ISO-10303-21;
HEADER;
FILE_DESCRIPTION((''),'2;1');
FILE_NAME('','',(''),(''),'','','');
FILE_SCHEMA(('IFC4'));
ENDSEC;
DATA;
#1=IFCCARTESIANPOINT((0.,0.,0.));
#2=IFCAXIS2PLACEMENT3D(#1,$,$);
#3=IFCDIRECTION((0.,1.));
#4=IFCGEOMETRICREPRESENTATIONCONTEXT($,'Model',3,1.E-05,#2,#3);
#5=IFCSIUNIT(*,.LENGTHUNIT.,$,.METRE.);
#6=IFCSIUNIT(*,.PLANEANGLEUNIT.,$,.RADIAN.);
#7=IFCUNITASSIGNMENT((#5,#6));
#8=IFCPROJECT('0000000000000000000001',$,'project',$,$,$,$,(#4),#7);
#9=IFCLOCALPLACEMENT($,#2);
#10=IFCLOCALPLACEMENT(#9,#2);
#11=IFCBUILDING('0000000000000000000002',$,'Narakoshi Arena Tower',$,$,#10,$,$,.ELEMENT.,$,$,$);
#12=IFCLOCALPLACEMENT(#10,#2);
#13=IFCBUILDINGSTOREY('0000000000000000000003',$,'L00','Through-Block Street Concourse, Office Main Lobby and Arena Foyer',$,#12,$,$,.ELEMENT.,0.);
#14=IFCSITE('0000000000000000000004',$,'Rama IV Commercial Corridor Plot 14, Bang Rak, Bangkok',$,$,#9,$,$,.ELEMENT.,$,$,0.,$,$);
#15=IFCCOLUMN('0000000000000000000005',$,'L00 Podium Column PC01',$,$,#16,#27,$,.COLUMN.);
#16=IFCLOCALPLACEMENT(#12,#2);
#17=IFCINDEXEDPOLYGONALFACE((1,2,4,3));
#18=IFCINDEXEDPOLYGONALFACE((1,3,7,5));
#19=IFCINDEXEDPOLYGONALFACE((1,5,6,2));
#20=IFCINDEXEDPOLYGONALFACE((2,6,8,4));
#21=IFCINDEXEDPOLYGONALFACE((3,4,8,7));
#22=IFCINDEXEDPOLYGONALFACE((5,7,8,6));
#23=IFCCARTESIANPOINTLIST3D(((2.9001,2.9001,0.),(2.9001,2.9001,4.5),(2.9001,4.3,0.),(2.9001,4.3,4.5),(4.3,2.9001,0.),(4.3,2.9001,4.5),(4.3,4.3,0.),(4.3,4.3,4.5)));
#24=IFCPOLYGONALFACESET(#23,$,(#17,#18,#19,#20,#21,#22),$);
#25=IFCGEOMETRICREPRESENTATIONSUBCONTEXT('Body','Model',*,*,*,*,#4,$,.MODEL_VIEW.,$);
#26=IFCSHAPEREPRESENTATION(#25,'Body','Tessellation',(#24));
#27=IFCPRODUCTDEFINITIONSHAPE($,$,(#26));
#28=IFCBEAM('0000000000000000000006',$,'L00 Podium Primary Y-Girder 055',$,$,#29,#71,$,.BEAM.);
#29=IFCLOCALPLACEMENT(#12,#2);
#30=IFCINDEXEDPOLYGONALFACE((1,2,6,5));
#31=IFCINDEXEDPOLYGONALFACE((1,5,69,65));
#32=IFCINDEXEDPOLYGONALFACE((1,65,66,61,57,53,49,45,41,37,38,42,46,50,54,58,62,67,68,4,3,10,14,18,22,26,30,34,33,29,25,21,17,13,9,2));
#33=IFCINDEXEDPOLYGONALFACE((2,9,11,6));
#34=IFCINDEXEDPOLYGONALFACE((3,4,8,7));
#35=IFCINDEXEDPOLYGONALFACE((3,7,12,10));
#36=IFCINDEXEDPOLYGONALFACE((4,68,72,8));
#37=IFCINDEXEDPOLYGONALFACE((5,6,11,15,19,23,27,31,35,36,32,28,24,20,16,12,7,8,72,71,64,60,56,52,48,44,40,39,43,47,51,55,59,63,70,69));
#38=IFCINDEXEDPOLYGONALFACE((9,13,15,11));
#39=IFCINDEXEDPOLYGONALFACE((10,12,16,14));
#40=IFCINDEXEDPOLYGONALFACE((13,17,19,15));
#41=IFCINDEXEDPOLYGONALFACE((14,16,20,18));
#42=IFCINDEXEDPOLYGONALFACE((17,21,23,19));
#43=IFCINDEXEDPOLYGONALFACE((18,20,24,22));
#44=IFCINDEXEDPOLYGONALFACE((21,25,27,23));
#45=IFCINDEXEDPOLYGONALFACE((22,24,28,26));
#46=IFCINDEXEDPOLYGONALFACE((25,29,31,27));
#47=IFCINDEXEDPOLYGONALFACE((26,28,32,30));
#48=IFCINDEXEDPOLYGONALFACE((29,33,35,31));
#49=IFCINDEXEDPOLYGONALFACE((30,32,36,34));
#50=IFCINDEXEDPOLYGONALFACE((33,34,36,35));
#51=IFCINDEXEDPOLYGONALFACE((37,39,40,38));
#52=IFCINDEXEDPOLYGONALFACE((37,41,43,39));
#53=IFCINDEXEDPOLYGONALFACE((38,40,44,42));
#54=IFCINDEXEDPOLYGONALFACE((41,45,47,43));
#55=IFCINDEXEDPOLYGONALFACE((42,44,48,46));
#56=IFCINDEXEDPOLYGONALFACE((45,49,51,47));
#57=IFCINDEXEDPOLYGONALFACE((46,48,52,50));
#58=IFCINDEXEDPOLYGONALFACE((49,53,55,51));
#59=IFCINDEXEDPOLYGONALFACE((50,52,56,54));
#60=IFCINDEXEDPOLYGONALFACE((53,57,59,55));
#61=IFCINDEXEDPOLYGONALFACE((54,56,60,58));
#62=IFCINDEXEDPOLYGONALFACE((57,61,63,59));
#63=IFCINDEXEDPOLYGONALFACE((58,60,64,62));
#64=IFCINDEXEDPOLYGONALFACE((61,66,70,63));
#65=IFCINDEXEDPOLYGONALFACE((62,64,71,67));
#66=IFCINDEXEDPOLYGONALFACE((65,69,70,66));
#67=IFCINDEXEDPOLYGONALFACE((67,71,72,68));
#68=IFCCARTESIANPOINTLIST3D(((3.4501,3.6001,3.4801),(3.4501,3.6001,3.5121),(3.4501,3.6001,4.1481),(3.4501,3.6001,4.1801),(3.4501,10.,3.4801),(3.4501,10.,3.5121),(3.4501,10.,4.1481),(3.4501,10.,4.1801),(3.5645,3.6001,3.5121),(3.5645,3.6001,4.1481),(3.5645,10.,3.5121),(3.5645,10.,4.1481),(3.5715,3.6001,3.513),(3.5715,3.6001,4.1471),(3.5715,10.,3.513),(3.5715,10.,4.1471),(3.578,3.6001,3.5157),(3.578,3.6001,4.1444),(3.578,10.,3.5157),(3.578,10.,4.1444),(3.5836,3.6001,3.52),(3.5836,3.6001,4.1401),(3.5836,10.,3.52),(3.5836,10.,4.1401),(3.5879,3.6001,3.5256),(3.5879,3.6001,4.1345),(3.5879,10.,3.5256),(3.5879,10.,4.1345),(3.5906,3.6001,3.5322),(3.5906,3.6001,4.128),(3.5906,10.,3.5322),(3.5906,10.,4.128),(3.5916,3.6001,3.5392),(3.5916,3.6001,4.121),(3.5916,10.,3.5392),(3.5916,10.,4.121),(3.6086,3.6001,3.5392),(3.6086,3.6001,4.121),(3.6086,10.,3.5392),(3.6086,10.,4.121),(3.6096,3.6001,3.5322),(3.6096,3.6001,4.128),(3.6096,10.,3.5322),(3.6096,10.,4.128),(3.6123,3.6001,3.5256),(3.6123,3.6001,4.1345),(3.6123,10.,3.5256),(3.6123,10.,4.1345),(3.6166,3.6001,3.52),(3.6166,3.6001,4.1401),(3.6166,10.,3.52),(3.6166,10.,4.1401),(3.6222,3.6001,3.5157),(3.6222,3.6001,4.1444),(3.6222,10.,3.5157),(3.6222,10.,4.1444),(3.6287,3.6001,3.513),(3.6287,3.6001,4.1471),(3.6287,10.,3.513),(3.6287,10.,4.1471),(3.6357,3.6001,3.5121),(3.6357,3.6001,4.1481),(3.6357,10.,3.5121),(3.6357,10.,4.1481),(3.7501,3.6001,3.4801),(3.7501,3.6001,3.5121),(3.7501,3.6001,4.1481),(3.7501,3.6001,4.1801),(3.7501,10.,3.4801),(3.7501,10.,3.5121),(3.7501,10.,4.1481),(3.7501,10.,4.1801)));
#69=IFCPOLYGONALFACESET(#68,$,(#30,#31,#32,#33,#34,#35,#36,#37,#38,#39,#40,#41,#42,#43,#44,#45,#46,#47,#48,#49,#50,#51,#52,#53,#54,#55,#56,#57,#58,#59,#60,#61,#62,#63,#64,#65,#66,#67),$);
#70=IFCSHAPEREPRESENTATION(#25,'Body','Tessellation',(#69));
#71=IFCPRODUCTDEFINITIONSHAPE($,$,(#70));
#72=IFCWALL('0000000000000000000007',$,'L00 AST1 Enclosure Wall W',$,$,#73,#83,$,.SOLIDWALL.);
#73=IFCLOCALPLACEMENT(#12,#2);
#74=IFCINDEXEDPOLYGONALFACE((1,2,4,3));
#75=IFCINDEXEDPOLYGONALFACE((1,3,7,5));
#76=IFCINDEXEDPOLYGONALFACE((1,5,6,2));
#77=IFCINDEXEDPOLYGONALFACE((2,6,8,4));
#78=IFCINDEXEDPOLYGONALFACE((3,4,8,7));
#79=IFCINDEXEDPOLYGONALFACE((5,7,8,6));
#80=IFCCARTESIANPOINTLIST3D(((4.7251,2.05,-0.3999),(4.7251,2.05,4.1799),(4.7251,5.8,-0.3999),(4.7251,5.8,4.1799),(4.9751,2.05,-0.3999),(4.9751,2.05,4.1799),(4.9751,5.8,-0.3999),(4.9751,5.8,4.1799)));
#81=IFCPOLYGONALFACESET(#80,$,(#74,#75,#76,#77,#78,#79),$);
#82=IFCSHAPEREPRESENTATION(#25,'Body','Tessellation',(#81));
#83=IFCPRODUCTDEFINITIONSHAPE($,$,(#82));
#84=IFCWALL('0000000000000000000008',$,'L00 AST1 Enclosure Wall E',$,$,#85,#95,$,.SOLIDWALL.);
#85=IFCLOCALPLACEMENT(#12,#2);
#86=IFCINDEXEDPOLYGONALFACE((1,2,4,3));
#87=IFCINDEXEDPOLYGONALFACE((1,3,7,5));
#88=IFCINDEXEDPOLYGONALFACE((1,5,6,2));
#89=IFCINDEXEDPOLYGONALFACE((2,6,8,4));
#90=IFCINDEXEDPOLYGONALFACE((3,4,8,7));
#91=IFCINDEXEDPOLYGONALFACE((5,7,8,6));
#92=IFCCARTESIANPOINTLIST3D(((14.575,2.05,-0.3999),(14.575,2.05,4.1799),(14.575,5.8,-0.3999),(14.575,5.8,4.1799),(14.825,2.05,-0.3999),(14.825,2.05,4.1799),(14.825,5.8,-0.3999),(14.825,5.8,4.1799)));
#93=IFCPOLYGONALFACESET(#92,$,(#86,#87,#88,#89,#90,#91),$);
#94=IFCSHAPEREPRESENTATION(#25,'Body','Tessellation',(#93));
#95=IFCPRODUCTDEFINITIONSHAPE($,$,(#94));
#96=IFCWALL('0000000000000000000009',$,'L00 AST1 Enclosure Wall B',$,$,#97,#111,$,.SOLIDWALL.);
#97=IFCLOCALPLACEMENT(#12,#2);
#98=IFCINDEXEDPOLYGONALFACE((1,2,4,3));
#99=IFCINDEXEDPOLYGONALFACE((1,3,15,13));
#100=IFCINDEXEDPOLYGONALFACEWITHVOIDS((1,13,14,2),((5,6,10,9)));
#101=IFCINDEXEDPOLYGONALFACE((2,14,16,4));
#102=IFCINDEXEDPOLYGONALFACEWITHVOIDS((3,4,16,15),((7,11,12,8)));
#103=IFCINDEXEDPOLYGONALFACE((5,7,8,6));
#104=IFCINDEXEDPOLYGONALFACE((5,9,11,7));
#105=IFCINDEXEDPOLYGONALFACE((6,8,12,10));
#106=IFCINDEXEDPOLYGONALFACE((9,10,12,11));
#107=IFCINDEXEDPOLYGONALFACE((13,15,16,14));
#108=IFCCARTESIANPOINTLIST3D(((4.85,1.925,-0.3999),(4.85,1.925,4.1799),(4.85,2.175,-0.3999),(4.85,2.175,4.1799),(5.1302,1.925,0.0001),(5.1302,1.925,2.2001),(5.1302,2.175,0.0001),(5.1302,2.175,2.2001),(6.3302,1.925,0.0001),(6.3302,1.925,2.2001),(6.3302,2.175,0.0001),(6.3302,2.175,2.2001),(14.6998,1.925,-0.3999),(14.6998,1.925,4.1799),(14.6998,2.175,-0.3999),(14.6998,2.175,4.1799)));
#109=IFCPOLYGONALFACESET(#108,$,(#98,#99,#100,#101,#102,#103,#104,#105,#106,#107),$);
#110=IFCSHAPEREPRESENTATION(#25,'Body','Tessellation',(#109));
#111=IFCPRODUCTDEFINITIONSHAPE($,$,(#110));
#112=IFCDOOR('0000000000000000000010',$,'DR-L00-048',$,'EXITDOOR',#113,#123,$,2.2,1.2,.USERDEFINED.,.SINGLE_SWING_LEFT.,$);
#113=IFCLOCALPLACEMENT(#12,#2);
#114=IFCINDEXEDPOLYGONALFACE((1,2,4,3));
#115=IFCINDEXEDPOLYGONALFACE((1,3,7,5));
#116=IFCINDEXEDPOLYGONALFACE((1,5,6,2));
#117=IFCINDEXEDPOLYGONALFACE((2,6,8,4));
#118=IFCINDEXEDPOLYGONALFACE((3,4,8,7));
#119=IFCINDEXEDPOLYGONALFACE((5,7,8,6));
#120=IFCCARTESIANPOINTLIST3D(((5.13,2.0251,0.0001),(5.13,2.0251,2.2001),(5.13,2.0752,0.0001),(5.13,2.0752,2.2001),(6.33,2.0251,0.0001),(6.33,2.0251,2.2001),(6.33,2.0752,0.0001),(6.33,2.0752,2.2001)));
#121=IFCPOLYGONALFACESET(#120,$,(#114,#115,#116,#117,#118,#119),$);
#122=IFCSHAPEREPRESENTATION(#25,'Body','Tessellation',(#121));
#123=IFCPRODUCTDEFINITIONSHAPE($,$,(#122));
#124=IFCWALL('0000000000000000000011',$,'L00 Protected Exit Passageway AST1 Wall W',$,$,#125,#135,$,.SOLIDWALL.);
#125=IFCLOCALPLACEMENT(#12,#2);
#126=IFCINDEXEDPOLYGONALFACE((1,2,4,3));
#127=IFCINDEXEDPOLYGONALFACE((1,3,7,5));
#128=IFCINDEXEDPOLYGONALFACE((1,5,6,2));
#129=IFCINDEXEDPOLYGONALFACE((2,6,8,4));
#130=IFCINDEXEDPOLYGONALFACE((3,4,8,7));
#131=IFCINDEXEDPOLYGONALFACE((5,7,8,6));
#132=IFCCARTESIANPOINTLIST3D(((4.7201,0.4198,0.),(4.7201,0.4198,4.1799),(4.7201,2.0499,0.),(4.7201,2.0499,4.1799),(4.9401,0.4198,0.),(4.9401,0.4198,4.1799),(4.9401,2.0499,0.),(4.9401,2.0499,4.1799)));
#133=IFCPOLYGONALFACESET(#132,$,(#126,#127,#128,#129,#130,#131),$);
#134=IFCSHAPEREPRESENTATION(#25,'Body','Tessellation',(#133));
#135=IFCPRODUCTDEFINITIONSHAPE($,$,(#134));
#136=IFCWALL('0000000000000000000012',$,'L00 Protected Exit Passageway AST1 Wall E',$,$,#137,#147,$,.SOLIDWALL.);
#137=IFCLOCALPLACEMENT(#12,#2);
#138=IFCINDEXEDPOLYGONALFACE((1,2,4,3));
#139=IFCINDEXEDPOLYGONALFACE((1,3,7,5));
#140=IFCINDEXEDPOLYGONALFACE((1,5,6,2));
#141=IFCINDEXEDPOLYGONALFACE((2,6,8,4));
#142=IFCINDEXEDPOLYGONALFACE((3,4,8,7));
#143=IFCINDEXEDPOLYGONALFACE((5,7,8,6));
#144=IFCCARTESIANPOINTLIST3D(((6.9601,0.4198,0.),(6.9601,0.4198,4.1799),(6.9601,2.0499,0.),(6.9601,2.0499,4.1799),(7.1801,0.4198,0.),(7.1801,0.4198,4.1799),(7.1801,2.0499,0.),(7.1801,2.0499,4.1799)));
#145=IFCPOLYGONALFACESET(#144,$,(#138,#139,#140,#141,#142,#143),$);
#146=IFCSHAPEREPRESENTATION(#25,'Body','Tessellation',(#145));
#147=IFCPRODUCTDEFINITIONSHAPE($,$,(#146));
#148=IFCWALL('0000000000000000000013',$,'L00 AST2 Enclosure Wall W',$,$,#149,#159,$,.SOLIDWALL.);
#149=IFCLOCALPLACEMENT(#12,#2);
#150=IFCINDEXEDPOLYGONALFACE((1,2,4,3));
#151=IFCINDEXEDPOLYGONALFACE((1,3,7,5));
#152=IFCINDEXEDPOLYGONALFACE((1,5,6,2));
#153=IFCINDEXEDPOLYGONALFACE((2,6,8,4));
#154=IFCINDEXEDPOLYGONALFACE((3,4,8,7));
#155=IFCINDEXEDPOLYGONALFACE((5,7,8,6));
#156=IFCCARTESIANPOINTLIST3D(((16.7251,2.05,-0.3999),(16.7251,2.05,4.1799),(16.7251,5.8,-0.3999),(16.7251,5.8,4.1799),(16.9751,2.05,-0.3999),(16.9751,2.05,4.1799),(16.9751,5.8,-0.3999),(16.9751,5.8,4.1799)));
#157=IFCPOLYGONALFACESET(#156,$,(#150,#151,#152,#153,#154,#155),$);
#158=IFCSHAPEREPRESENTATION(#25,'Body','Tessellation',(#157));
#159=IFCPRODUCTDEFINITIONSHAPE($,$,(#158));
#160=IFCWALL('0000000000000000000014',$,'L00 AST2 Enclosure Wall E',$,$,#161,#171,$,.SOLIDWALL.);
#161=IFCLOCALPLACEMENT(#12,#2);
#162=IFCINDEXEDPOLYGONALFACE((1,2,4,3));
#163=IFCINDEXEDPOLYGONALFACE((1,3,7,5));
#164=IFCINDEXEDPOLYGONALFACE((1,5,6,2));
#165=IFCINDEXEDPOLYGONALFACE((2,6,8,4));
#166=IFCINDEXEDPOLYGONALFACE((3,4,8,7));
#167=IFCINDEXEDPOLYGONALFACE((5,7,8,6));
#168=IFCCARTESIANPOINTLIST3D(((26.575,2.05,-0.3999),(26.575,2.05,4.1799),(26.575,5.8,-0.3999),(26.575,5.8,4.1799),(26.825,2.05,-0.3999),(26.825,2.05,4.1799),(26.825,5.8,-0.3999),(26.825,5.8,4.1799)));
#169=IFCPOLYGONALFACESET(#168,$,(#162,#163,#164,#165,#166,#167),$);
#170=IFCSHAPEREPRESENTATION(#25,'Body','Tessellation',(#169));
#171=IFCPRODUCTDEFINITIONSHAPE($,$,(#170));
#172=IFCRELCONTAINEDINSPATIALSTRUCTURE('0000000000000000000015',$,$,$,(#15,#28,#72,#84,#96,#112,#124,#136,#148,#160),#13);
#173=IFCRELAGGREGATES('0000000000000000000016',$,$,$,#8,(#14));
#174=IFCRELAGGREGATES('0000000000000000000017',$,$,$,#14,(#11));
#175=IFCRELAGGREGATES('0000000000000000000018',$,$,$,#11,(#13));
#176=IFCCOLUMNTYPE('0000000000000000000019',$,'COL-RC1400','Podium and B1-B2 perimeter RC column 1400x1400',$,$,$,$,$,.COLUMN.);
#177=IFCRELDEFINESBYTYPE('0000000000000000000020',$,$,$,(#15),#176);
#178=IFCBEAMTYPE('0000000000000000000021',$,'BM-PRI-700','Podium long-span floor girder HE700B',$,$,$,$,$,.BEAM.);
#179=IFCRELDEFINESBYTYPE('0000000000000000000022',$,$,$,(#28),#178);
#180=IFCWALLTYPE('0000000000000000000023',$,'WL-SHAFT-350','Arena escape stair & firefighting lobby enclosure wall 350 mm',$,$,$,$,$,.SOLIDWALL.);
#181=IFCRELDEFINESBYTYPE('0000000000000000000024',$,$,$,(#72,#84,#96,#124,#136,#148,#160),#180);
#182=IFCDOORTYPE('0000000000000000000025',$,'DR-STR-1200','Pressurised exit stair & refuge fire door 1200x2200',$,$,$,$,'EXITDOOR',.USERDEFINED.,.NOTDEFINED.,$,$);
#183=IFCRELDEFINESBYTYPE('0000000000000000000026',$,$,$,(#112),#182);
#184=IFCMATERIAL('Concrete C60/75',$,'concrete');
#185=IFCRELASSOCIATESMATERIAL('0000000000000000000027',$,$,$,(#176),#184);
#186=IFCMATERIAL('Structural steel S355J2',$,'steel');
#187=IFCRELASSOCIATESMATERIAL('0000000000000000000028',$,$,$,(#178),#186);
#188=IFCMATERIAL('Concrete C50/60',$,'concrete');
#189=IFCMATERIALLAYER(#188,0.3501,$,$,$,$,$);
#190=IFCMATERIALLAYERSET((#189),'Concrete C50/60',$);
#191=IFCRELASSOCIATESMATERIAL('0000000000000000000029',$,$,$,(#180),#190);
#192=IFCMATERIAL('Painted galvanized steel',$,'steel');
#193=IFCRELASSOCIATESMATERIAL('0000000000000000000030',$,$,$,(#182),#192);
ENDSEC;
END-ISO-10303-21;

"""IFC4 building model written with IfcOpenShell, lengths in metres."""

from ifc_helpers import new_model, si_unit, direction, frame, frame_2d, origin, origin_2d, place, context, subcontext, project, spatial, rectangle, i_section, extrude, material, layer, layer_set, material_profile, profile_set, type_object, element, fill, save


model = new_model("IFC4")

# Units and contexts
model_context = context("Model", 3, precision=1e-05, world=origin(), true_north=direction((0.0, 1.0)))
body_context = subcontext(model_context, "Body", "Model", "MODEL_VIEW")
ifc_project = project(units=[si_unit("LENGTHUNIT", "METRE"), si_unit("PLANEANGLEUNIT", "RADIAN")], contexts=[model_context])

# Site, building, storey
site_placement = place(None, origin())
site = spatial("IfcSite", under=ifc_project, at=site_placement, Name="Rama IV Commercial Corridor Plot 14, Bang Rak, Bangkok", CompositionType="ELEMENT", RefElevation=0.0)
building_placement = place(site_placement, origin())
building = spatial("IfcBuilding", under=site, at=building_placement, Name="Narakoshi Arena Tower", CompositionType="ELEMENT")
storey_placement = place(building_placement, origin())
storey = spatial("IfcBuildingStorey", under=building, at=storey_placement, Name="L00", Description="Through-Block Street Concourse, Office Main Lobby and Arena Foyer", CompositionType="ELEMENT", Elevation=0.0)

# Column
ifc_material_1 = material(Name="Concrete C60/75", Category="concrete")
ifc_material_profile_1 = material_profile(ifc_material_1, rectangle(XDim=1.3999, YDim=1.3999, at=origin_2d()), Name="RC1400x1400")
ifc_profile_set_1 = profile_set([ifc_material_profile_1], Name="Concrete C60/75")
column_type = type_object("IfcColumnType", Name="COL-RC1400", Description="Podium and B1-B2 perimeter RC column 1400x1400", PredefinedType="COLUMN", material=ifc_profile_set_1)
column_placement = place(storey_placement, frame((3.6001, 3.6001, 0.0), z_axis=(0.0, 0.0, 1.0), x_axis=(1.0, 0.0, 0.0)))
element("IfcColumn", 1, at=column_placement, inside=storey, type_object=column_type, Name="L00 Podium Column PC01", PredefinedType="COLUMN", context=body_context, shape_type="SweptSolid", body=[
    extrude(rectangle(XDim=1.3999, YDim=1.3999, at=origin_2d()), origin(), (0.0, 0.0, 1.0), 4.5),
])

# Beam
ifc_material_2 = material(Name="Structural steel S355J2", Category="steel")
ifc_material_profile_2 = material_profile(ifc_material_2, i_section(OverallWidth=0.3, OverallDepth=0.7, WebThickness=0.0171, FlangeThickness=0.032, FilletRadius=0.0271, at=origin_2d()), Name="HE700B")
ifc_profile_set_2 = profile_set([ifc_material_profile_2], Name="Structural steel S355J2")
beam_type = type_object("IfcBeamType", Name="BM-PRI-700", Description="Podium long-span floor girder HE700B", PredefinedType="BEAM", material=ifc_profile_set_2)
beam_placement = place(storey_placement, frame((3.6001, 3.6001, 3.8301), z_axis=(0.0, 1.0, 0.0), x_axis=(-1.0, 0.0, 0.0)))
element("IfcBeam", 2, at=beam_placement, inside=storey, type_object=beam_type, Name="L00 Podium Primary Y-Girder 055", PredefinedType="BEAM", context=body_context, shape_type="SweptSolid", body=[
    extrude(i_section(OverallWidth=0.3, OverallDepth=0.7, WebThickness=0.0171, FlangeThickness=0.032, FilletRadius=0.0271, at=origin_2d()), origin(), (0.0, 0.0, 1.0), 6.3999),
])

# Walls
ifc_material_3 = material(Name="Concrete C50/60", Category="concrete")
ifc_layer = layer(ifc_material_3, 0.3501)
ifc_layer_set = layer_set([ifc_layer], Name="Concrete C50/60")
wall_type = type_object("IfcWallType", Name="WL-SHAFT-350", Description="Arena escape stair & firefighting lobby enclosure wall 350 mm", PredefinedType="SOLIDWALL", material=ifc_layer_set)
for number, where, z_axis, x_axis, name in (
    (3, (4.8501, 2.05, -0.3999), (0.0, 0.0, 1.0), (0.0, 1.0, 0.0), "L00 AST1 Enclosure Wall W"),
    (4, (14.7, 2.05, -0.3999), (0.0, 0.0, 1.0), (0.0, 1.0, 0.0), "L00 AST1 Enclosure Wall E"),
):
    element("IfcWall", number, at=place(storey_placement, frame(where, z_axis=z_axis, x_axis=x_axis)), inside=storey, type_object=wall_type, Name=name, PredefinedType="SOLIDWALL", context=body_context, shape_type="SweptSolid", body=[
        extrude(rectangle(XDim=3.75, YDim=0.25, at=frame_2d((1.875, 0.0))), origin(), (0.0, 0.0, 1.0), 4.5798),
    ])

# Wall, opening, door
wall_1_placement = place(storey_placement, frame((4.8501, 2.05, -0.3999), z_axis=(0.0, 0.0, 1.0), x_axis=(1.0, 0.0, 0.0)))
wall_1 = element("IfcWall", 5, at=wall_1_placement, inside=storey, type_object=wall_type, Name="L00 AST1 Enclosure Wall B", PredefinedType="SOLIDWALL", context=body_context, shape_type="SweptSolid", body=[
    extrude(rectangle(XDim=9.8499, YDim=0.25, at=frame_2d((4.9248, 0.0))), origin(), (0.0, 0.0, 1.0), 4.5798),
])
opening_1_placement = place(wall_1_placement, frame((0.28, 0.0, 0.3999)))
opening_1 = element("IfcOpeningElement", 6, at=opening_1_placement, cuts=wall_1, PredefinedType="OPENING", context=body_context, shape_type="SweptSolid", body=[
    extrude(rectangle(XDim=1.2, YDim=2.2, at=frame_2d((0.6001, 1.1001))), frame((0.0, 0.135, 0.0), z_axis=(0.0, -1.0, 0.0), x_axis=(1.0, 0.0, 0.0)), (0.0, 0.0, 1.0), 0.27),
])
ifc_material_4 = material(Name="Painted galvanized steel", Category="steel")
door_type = type_object("IfcDoorType", Name="DR-STR-1200", Description="Pressurised exit stair & refuge fire door 1200x2200", ElementType="EXITDOOR", OperationType="NOTDEFINED", PredefinedType="USERDEFINED", material=ifc_material_4)
door_1_placement = place(opening_1_placement, frame((1.2, 0.0, 0.0), z_axis=(0.0, 0.0, 1.0), x_axis=(-1.0, 0.0, 0.0)))
door_1 = element("IfcDoor", 7, at=door_1_placement, inside=storey, type_object=door_type, Name="DR-L00-048", ObjectType="EXITDOOR", OperationType="SINGLE_SWING_LEFT", OverallHeight=2.2, OverallWidth=1.2, PredefinedType="USERDEFINED", context=body_context, shape_type="SweptSolid", body=[
    extrude(rectangle(XDim=1.2, YDim=2.2, at=frame_2d((0.6001, 1.1001))), frame((0.0, 0.0249, 0.0), z_axis=(0.0, -1.0, 0.0), x_axis=(1.0, 0.0, 0.0)), (0.0, 0.0, 1.0), 0.05),
])
fill(opening_1, door_1)

# Walls
for number, where, z_axis, x_axis, name in (
    (8, (4.8301, 0.4199, 0.0), (0.0, 0.0, 1.0), (0.0, 1.0, 0.0), "L00 Protected Exit Passageway AST1 Wall W"),
    (9, (7.0701, 0.4199, 0.0), (0.0, 0.0, 1.0), (0.0, 1.0, 0.0), "L00 Protected Exit Passageway AST1 Wall E"),
):
    element("IfcWall", number, at=place(storey_placement, frame(where, z_axis=z_axis, x_axis=x_axis)), inside=storey, type_object=wall_type, Name=name, PredefinedType="SOLIDWALL", context=body_context, shape_type="SweptSolid", body=[
        extrude(rectangle(XDim=1.6301, YDim=0.22, at=frame_2d((0.8149, 0.0))), origin(), (0.0, 0.0, 1.0), 4.1799),
    ])
for number, where, z_axis, x_axis, name in (
    (10, (16.8501, 2.05, -0.3999), (0.0, 0.0, 1.0), (0.0, 1.0, 0.0), "L00 AST2 Enclosure Wall W"),
    (11, (26.7, 2.05, -0.3999), (0.0, 0.0, 1.0), (0.0, 1.0, 0.0), "L00 AST2 Enclosure Wall E"),
):
    element("IfcWall", number, at=place(storey_placement, frame(where, z_axis=z_axis, x_axis=x_axis)), inside=storey, type_object=wall_type, Name=name, PredefinedType="SOLIDWALL", context=body_context, shape_type="SweptSolid", body=[
        extrude(rectangle(XDim=3.75, YDim=0.25, at=frame_2d((1.875, 0.0))), origin(), (0.0, 0.0, 1.0), 4.5798),
    ])

save(model, "model.ifc")
